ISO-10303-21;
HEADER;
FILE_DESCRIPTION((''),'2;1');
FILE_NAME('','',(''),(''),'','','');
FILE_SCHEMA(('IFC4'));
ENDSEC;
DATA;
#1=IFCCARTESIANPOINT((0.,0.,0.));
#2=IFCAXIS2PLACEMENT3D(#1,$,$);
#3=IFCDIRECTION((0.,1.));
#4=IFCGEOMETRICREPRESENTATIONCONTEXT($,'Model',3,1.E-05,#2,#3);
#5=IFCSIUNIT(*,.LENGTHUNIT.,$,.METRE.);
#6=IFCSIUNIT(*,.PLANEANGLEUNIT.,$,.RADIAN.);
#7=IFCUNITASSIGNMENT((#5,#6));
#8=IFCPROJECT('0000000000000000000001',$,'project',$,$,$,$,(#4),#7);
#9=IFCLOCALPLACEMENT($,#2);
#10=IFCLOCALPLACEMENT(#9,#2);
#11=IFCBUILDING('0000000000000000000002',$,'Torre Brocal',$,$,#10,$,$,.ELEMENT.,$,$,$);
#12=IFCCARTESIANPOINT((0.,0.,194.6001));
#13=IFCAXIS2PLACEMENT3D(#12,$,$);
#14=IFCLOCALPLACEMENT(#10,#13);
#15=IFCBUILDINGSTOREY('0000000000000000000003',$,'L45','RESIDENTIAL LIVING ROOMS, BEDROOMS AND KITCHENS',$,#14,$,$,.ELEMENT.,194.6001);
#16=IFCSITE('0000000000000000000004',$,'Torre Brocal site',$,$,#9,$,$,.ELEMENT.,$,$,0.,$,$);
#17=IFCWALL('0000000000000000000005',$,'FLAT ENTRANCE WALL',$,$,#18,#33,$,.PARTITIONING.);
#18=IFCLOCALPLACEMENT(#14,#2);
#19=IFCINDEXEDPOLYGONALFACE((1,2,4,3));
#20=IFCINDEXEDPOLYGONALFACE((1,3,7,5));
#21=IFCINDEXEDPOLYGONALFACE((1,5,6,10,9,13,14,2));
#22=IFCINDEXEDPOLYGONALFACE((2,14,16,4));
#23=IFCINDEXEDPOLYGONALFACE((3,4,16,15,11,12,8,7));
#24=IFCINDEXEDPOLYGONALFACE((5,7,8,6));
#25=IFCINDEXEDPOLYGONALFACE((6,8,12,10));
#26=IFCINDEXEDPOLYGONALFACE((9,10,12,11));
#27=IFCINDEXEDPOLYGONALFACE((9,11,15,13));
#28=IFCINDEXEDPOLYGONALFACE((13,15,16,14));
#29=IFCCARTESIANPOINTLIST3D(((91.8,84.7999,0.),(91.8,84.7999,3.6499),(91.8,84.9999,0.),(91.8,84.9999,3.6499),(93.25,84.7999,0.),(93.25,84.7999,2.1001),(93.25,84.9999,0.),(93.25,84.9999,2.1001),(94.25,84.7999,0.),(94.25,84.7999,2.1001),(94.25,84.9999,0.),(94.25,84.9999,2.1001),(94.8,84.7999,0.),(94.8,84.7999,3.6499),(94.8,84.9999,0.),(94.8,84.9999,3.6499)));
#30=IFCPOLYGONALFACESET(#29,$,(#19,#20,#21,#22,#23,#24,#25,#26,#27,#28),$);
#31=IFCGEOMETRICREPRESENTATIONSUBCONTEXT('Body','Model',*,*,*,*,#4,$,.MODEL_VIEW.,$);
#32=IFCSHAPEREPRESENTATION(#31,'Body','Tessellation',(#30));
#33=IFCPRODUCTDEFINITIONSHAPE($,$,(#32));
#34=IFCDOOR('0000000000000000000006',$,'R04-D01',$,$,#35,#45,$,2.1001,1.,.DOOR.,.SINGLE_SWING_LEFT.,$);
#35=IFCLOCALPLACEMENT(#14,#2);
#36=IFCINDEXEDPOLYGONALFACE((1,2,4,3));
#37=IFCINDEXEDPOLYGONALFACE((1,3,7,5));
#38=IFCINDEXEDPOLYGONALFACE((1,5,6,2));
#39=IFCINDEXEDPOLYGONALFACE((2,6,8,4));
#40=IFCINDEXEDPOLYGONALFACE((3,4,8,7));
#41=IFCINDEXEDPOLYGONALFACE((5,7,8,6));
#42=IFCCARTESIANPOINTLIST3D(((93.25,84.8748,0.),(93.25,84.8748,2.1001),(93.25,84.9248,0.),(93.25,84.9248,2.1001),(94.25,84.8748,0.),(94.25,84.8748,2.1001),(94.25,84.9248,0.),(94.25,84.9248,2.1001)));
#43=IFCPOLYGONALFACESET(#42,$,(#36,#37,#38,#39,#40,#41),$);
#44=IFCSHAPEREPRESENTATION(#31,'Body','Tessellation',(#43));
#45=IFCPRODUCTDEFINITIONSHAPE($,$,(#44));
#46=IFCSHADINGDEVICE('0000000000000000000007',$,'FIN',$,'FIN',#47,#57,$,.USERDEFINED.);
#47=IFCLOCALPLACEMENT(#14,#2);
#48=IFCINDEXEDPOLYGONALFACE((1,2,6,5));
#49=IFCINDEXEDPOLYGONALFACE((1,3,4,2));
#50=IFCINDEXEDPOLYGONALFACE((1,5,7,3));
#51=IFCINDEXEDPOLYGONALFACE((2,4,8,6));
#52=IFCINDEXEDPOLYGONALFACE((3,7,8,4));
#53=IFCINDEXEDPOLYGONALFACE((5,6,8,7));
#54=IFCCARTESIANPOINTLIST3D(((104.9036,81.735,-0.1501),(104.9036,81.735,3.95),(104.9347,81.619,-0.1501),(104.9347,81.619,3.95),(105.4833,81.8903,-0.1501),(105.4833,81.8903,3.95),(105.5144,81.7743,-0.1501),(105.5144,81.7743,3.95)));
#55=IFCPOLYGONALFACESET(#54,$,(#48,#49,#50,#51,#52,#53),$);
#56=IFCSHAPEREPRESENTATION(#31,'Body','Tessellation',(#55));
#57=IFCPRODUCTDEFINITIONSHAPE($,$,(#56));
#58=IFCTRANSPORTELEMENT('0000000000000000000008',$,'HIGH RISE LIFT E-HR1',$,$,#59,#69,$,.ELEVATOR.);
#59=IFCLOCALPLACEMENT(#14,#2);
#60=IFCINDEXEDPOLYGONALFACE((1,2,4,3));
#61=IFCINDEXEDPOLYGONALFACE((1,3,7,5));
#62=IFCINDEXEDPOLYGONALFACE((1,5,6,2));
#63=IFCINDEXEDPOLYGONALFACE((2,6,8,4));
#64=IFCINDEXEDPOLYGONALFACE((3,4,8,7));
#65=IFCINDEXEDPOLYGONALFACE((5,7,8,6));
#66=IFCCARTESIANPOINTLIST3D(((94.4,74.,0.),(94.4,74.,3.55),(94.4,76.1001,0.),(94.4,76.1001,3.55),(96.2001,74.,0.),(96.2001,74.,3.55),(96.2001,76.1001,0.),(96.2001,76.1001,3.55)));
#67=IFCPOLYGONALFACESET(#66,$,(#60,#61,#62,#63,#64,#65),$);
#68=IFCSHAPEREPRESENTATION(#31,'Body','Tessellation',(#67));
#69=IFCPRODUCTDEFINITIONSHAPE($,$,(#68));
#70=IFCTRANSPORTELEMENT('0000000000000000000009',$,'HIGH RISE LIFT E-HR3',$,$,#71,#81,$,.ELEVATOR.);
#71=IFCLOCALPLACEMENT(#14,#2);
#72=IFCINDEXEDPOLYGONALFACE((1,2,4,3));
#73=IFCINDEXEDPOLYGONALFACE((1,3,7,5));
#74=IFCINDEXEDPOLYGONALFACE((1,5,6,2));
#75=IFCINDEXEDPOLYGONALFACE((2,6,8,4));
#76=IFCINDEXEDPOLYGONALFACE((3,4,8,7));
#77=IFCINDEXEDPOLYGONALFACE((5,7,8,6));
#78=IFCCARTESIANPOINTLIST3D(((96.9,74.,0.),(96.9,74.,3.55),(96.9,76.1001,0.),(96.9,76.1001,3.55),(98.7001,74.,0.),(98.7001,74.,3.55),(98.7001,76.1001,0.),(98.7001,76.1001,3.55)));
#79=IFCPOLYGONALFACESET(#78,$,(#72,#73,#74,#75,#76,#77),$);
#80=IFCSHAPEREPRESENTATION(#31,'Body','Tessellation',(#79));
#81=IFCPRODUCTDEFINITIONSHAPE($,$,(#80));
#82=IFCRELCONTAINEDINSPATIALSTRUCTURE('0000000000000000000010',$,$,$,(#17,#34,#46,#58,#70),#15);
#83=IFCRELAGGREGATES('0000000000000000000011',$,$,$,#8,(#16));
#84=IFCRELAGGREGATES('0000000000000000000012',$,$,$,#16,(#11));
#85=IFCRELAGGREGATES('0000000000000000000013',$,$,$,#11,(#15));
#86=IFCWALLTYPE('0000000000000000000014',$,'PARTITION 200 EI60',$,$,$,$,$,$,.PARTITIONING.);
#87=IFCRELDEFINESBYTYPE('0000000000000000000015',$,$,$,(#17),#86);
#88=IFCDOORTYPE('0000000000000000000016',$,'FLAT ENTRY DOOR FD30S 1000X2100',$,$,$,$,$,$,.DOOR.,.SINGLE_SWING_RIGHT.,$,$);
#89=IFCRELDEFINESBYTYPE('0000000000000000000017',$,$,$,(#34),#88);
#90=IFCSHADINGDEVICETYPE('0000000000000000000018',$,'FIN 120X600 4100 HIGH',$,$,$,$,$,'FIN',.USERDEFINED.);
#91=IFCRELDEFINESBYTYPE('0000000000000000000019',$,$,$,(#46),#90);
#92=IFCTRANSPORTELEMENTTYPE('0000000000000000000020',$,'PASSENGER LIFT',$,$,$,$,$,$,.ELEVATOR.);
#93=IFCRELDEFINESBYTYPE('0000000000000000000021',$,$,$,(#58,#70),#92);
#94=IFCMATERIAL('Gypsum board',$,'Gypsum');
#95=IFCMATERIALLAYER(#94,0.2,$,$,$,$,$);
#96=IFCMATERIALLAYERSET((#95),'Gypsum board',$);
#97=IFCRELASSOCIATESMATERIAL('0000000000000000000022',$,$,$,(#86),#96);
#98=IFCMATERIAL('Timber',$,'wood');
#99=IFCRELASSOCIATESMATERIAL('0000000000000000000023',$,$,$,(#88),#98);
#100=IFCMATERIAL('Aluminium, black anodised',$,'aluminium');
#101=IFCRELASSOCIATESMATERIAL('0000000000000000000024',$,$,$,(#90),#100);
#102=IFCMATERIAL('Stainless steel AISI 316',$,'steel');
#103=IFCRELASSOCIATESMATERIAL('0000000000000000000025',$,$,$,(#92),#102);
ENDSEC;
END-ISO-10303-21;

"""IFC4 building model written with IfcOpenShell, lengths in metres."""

from ifc_helpers import new_model, si_unit, direction, frame, frame_2d, origin, origin_2d, place, context, subcontext, project, spatial, rectangle, extrude, material, layer, layer_set, material_profile, profile_set, type_object, element, fill, save


model = new_model("IFC4")

# Units and contexts
model_context = context("Model", 3, precision=1e-05, world=origin(), true_north=direction((0.0, 1.0)))
body_context = subcontext(model_context, "Body", "Model", "MODEL_VIEW")
ifc_project = project(units=[si_unit("LENGTHUNIT", "METRE"), si_unit("PLANEANGLEUNIT", "RADIAN")], contexts=[model_context])

# Site, building, storey
site_placement = place(None, origin())
site = spatial("IfcSite", under=ifc_project, at=site_placement, Name="Torre Brocal site", CompositionType="ELEMENT", RefElevation=0.0)
building_placement = place(site_placement, origin())
building = spatial("IfcBuilding", under=site, at=building_placement, Name="Torre Brocal", CompositionType="ELEMENT")
storey_placement = place(building_placement, frame((0.0, 0.0, 194.6001)))
storey = spatial("IfcBuildingStorey", under=building, at=storey_placement, Name="L45", Description="RESIDENTIAL LIVING ROOMS, BEDROOMS AND KITCHENS", CompositionType="ELEMENT", Elevation=194.6001)

# Wall, opening, door
ifc_material_1 = material(Name="Gypsum board", Category="Gypsum")
ifc_layer_1 = layer(ifc_material_1, 0.2)
ifc_layer_set_1 = layer_set([ifc_layer_1], Name="Gypsum board")
wall_type_1 = type_object("IfcWallType", Name="PARTITION 200 EI60", PredefinedType="PARTITIONING", material=ifc_layer_set_1)
wall_1_placement = place(storey_placement, frame((91.8, 84.8999, 0.0), z_axis=(0.0, 0.0, 1.0), x_axis=(1.0, 0.0, 0.0)))
wall_1 = element("IfcWall", 1, at=wall_1_placement, inside=storey, type_object=wall_type_1, Name="FLAT ENTRANCE WALL", PredefinedType="PARTITIONING", context=body_context, shape_type="SweptSolid", body=[
    extrude(rectangle(XDim=3.0, YDim=0.2, at=frame_2d((1.5, 0.0))), origin(), (0.0, 0.0, 1.0), 3.6499),
])
opening_1_placement = place(wall_1_placement, frame((1.45, 0.0, 0.0)))
opening_1 = element("IfcOpeningElement", 2, at=opening_1_placement, cuts=wall_1, PredefinedType="OPENING", context=body_context, shape_type="SweptSolid", body=[
    extrude(rectangle(XDim=1.0, YDim=2.1001, at=frame_2d((0.5, 1.05))), frame((0.0, 0.1099, 0.0), z_axis=(0.0, -1.0, 0.0), x_axis=(1.0, 0.0, 0.0)), (0.0, 0.0, 1.0), 0.22),
])
ifc_material_2 = material(Name="Timber", Category="wood")
door_type_1 = type_object("IfcDoorType", Name="FLAT ENTRY DOOR FD30S 1000X2100", OperationType="SINGLE_SWING_RIGHT", PredefinedType="DOOR", material=ifc_material_2)
door_1_placement = place(opening_1_placement, origin())
door_1 = element("IfcDoor", 3, at=door_1_placement, inside=storey, type_object=door_type_1, Name="R04-D01", OperationType="SINGLE_SWING_LEFT", OverallHeight=2.1001, OverallWidth=1.0, PredefinedType="DOOR", context=body_context, shape_type="SweptSolid", body=[
    extrude(rectangle(XDim=1.0, YDim=2.1001, at=frame_2d((0.5, 1.05))), frame((0.0, 0.0249, 0.0), z_axis=(0.0, -1.0, 0.0), x_axis=(1.0, 0.0, 0.0)), (0.0, 0.0, 1.0), 0.05),
])
fill(opening_1, door_1)

# Shading device
ifc_material_3 = material(Name="Aluminium, black anodised", Category="aluminium")
ifc_material_profile_1 = material_profile(ifc_material_3, rectangle(XDim=0.1201, YDim=0.6001, at=origin_2d()), Name="FIN 120X600 4100 HIGH")
ifc_profile_set_1 = profile_set([ifc_material_profile_1], Name="Aluminium, black anodised")
shading_device_type = type_object("IfcShadingDeviceType", Name="FIN 120X600 4100 HIGH", ElementType="FIN", PredefinedType="USERDEFINED", material=ifc_profile_set_1)
shading_device_placement = place(storey_placement, frame((105.209, 81.7546, -0.1501), z_axis=(0.0, 0.0, 1.0), x_axis=(-0.258819, 0.965926, 0.0)))
element("IfcShadingDevice", 4, at=shading_device_placement, inside=storey, type_object=shading_device_type, Name="FIN", ObjectType="FIN", PredefinedType="USERDEFINED", context=body_context, shape_type="SweptSolid", body=[
    extrude(rectangle(XDim=0.1201, YDim=0.6001, at=origin_2d()), origin(), (0.0, 0.0, 1.0), 4.1001),
])

# Transport elements
ifc_material_4 = material(Name="Stainless steel AISI 316", Category="steel")
transport_element_type = type_object("IfcTransportElementType", Name="PASSENGER LIFT", PredefinedType="ELEVATOR", material=ifc_material_4)
for number, where, z_axis, x_axis, name in (
    (5, (95.3, 75.05, 0.0), (0.0, 0.0, 1.0), (1.0, 0.0, 0.0), "HIGH RISE LIFT E-HR1"),
    (6, (97.8, 75.05, 0.0), (0.0, 0.0, 1.0), (1.0, 0.0, 0.0), "HIGH RISE LIFT E-HR3"),
):
    element("IfcTransportElement", number, at=place(storey_placement, frame(where, z_axis=z_axis, x_axis=x_axis)), inside=storey, type_object=transport_element_type, Name=name, PredefinedType="ELEVATOR", context=body_context, shape_type="SweptSolid", body=[
        extrude(rectangle(XDim=1.8, YDim=2.1001, at=origin_2d()), origin(), (0.0, 0.0, 1.0), 3.55),
    ])

save(model, "model.ifc")
